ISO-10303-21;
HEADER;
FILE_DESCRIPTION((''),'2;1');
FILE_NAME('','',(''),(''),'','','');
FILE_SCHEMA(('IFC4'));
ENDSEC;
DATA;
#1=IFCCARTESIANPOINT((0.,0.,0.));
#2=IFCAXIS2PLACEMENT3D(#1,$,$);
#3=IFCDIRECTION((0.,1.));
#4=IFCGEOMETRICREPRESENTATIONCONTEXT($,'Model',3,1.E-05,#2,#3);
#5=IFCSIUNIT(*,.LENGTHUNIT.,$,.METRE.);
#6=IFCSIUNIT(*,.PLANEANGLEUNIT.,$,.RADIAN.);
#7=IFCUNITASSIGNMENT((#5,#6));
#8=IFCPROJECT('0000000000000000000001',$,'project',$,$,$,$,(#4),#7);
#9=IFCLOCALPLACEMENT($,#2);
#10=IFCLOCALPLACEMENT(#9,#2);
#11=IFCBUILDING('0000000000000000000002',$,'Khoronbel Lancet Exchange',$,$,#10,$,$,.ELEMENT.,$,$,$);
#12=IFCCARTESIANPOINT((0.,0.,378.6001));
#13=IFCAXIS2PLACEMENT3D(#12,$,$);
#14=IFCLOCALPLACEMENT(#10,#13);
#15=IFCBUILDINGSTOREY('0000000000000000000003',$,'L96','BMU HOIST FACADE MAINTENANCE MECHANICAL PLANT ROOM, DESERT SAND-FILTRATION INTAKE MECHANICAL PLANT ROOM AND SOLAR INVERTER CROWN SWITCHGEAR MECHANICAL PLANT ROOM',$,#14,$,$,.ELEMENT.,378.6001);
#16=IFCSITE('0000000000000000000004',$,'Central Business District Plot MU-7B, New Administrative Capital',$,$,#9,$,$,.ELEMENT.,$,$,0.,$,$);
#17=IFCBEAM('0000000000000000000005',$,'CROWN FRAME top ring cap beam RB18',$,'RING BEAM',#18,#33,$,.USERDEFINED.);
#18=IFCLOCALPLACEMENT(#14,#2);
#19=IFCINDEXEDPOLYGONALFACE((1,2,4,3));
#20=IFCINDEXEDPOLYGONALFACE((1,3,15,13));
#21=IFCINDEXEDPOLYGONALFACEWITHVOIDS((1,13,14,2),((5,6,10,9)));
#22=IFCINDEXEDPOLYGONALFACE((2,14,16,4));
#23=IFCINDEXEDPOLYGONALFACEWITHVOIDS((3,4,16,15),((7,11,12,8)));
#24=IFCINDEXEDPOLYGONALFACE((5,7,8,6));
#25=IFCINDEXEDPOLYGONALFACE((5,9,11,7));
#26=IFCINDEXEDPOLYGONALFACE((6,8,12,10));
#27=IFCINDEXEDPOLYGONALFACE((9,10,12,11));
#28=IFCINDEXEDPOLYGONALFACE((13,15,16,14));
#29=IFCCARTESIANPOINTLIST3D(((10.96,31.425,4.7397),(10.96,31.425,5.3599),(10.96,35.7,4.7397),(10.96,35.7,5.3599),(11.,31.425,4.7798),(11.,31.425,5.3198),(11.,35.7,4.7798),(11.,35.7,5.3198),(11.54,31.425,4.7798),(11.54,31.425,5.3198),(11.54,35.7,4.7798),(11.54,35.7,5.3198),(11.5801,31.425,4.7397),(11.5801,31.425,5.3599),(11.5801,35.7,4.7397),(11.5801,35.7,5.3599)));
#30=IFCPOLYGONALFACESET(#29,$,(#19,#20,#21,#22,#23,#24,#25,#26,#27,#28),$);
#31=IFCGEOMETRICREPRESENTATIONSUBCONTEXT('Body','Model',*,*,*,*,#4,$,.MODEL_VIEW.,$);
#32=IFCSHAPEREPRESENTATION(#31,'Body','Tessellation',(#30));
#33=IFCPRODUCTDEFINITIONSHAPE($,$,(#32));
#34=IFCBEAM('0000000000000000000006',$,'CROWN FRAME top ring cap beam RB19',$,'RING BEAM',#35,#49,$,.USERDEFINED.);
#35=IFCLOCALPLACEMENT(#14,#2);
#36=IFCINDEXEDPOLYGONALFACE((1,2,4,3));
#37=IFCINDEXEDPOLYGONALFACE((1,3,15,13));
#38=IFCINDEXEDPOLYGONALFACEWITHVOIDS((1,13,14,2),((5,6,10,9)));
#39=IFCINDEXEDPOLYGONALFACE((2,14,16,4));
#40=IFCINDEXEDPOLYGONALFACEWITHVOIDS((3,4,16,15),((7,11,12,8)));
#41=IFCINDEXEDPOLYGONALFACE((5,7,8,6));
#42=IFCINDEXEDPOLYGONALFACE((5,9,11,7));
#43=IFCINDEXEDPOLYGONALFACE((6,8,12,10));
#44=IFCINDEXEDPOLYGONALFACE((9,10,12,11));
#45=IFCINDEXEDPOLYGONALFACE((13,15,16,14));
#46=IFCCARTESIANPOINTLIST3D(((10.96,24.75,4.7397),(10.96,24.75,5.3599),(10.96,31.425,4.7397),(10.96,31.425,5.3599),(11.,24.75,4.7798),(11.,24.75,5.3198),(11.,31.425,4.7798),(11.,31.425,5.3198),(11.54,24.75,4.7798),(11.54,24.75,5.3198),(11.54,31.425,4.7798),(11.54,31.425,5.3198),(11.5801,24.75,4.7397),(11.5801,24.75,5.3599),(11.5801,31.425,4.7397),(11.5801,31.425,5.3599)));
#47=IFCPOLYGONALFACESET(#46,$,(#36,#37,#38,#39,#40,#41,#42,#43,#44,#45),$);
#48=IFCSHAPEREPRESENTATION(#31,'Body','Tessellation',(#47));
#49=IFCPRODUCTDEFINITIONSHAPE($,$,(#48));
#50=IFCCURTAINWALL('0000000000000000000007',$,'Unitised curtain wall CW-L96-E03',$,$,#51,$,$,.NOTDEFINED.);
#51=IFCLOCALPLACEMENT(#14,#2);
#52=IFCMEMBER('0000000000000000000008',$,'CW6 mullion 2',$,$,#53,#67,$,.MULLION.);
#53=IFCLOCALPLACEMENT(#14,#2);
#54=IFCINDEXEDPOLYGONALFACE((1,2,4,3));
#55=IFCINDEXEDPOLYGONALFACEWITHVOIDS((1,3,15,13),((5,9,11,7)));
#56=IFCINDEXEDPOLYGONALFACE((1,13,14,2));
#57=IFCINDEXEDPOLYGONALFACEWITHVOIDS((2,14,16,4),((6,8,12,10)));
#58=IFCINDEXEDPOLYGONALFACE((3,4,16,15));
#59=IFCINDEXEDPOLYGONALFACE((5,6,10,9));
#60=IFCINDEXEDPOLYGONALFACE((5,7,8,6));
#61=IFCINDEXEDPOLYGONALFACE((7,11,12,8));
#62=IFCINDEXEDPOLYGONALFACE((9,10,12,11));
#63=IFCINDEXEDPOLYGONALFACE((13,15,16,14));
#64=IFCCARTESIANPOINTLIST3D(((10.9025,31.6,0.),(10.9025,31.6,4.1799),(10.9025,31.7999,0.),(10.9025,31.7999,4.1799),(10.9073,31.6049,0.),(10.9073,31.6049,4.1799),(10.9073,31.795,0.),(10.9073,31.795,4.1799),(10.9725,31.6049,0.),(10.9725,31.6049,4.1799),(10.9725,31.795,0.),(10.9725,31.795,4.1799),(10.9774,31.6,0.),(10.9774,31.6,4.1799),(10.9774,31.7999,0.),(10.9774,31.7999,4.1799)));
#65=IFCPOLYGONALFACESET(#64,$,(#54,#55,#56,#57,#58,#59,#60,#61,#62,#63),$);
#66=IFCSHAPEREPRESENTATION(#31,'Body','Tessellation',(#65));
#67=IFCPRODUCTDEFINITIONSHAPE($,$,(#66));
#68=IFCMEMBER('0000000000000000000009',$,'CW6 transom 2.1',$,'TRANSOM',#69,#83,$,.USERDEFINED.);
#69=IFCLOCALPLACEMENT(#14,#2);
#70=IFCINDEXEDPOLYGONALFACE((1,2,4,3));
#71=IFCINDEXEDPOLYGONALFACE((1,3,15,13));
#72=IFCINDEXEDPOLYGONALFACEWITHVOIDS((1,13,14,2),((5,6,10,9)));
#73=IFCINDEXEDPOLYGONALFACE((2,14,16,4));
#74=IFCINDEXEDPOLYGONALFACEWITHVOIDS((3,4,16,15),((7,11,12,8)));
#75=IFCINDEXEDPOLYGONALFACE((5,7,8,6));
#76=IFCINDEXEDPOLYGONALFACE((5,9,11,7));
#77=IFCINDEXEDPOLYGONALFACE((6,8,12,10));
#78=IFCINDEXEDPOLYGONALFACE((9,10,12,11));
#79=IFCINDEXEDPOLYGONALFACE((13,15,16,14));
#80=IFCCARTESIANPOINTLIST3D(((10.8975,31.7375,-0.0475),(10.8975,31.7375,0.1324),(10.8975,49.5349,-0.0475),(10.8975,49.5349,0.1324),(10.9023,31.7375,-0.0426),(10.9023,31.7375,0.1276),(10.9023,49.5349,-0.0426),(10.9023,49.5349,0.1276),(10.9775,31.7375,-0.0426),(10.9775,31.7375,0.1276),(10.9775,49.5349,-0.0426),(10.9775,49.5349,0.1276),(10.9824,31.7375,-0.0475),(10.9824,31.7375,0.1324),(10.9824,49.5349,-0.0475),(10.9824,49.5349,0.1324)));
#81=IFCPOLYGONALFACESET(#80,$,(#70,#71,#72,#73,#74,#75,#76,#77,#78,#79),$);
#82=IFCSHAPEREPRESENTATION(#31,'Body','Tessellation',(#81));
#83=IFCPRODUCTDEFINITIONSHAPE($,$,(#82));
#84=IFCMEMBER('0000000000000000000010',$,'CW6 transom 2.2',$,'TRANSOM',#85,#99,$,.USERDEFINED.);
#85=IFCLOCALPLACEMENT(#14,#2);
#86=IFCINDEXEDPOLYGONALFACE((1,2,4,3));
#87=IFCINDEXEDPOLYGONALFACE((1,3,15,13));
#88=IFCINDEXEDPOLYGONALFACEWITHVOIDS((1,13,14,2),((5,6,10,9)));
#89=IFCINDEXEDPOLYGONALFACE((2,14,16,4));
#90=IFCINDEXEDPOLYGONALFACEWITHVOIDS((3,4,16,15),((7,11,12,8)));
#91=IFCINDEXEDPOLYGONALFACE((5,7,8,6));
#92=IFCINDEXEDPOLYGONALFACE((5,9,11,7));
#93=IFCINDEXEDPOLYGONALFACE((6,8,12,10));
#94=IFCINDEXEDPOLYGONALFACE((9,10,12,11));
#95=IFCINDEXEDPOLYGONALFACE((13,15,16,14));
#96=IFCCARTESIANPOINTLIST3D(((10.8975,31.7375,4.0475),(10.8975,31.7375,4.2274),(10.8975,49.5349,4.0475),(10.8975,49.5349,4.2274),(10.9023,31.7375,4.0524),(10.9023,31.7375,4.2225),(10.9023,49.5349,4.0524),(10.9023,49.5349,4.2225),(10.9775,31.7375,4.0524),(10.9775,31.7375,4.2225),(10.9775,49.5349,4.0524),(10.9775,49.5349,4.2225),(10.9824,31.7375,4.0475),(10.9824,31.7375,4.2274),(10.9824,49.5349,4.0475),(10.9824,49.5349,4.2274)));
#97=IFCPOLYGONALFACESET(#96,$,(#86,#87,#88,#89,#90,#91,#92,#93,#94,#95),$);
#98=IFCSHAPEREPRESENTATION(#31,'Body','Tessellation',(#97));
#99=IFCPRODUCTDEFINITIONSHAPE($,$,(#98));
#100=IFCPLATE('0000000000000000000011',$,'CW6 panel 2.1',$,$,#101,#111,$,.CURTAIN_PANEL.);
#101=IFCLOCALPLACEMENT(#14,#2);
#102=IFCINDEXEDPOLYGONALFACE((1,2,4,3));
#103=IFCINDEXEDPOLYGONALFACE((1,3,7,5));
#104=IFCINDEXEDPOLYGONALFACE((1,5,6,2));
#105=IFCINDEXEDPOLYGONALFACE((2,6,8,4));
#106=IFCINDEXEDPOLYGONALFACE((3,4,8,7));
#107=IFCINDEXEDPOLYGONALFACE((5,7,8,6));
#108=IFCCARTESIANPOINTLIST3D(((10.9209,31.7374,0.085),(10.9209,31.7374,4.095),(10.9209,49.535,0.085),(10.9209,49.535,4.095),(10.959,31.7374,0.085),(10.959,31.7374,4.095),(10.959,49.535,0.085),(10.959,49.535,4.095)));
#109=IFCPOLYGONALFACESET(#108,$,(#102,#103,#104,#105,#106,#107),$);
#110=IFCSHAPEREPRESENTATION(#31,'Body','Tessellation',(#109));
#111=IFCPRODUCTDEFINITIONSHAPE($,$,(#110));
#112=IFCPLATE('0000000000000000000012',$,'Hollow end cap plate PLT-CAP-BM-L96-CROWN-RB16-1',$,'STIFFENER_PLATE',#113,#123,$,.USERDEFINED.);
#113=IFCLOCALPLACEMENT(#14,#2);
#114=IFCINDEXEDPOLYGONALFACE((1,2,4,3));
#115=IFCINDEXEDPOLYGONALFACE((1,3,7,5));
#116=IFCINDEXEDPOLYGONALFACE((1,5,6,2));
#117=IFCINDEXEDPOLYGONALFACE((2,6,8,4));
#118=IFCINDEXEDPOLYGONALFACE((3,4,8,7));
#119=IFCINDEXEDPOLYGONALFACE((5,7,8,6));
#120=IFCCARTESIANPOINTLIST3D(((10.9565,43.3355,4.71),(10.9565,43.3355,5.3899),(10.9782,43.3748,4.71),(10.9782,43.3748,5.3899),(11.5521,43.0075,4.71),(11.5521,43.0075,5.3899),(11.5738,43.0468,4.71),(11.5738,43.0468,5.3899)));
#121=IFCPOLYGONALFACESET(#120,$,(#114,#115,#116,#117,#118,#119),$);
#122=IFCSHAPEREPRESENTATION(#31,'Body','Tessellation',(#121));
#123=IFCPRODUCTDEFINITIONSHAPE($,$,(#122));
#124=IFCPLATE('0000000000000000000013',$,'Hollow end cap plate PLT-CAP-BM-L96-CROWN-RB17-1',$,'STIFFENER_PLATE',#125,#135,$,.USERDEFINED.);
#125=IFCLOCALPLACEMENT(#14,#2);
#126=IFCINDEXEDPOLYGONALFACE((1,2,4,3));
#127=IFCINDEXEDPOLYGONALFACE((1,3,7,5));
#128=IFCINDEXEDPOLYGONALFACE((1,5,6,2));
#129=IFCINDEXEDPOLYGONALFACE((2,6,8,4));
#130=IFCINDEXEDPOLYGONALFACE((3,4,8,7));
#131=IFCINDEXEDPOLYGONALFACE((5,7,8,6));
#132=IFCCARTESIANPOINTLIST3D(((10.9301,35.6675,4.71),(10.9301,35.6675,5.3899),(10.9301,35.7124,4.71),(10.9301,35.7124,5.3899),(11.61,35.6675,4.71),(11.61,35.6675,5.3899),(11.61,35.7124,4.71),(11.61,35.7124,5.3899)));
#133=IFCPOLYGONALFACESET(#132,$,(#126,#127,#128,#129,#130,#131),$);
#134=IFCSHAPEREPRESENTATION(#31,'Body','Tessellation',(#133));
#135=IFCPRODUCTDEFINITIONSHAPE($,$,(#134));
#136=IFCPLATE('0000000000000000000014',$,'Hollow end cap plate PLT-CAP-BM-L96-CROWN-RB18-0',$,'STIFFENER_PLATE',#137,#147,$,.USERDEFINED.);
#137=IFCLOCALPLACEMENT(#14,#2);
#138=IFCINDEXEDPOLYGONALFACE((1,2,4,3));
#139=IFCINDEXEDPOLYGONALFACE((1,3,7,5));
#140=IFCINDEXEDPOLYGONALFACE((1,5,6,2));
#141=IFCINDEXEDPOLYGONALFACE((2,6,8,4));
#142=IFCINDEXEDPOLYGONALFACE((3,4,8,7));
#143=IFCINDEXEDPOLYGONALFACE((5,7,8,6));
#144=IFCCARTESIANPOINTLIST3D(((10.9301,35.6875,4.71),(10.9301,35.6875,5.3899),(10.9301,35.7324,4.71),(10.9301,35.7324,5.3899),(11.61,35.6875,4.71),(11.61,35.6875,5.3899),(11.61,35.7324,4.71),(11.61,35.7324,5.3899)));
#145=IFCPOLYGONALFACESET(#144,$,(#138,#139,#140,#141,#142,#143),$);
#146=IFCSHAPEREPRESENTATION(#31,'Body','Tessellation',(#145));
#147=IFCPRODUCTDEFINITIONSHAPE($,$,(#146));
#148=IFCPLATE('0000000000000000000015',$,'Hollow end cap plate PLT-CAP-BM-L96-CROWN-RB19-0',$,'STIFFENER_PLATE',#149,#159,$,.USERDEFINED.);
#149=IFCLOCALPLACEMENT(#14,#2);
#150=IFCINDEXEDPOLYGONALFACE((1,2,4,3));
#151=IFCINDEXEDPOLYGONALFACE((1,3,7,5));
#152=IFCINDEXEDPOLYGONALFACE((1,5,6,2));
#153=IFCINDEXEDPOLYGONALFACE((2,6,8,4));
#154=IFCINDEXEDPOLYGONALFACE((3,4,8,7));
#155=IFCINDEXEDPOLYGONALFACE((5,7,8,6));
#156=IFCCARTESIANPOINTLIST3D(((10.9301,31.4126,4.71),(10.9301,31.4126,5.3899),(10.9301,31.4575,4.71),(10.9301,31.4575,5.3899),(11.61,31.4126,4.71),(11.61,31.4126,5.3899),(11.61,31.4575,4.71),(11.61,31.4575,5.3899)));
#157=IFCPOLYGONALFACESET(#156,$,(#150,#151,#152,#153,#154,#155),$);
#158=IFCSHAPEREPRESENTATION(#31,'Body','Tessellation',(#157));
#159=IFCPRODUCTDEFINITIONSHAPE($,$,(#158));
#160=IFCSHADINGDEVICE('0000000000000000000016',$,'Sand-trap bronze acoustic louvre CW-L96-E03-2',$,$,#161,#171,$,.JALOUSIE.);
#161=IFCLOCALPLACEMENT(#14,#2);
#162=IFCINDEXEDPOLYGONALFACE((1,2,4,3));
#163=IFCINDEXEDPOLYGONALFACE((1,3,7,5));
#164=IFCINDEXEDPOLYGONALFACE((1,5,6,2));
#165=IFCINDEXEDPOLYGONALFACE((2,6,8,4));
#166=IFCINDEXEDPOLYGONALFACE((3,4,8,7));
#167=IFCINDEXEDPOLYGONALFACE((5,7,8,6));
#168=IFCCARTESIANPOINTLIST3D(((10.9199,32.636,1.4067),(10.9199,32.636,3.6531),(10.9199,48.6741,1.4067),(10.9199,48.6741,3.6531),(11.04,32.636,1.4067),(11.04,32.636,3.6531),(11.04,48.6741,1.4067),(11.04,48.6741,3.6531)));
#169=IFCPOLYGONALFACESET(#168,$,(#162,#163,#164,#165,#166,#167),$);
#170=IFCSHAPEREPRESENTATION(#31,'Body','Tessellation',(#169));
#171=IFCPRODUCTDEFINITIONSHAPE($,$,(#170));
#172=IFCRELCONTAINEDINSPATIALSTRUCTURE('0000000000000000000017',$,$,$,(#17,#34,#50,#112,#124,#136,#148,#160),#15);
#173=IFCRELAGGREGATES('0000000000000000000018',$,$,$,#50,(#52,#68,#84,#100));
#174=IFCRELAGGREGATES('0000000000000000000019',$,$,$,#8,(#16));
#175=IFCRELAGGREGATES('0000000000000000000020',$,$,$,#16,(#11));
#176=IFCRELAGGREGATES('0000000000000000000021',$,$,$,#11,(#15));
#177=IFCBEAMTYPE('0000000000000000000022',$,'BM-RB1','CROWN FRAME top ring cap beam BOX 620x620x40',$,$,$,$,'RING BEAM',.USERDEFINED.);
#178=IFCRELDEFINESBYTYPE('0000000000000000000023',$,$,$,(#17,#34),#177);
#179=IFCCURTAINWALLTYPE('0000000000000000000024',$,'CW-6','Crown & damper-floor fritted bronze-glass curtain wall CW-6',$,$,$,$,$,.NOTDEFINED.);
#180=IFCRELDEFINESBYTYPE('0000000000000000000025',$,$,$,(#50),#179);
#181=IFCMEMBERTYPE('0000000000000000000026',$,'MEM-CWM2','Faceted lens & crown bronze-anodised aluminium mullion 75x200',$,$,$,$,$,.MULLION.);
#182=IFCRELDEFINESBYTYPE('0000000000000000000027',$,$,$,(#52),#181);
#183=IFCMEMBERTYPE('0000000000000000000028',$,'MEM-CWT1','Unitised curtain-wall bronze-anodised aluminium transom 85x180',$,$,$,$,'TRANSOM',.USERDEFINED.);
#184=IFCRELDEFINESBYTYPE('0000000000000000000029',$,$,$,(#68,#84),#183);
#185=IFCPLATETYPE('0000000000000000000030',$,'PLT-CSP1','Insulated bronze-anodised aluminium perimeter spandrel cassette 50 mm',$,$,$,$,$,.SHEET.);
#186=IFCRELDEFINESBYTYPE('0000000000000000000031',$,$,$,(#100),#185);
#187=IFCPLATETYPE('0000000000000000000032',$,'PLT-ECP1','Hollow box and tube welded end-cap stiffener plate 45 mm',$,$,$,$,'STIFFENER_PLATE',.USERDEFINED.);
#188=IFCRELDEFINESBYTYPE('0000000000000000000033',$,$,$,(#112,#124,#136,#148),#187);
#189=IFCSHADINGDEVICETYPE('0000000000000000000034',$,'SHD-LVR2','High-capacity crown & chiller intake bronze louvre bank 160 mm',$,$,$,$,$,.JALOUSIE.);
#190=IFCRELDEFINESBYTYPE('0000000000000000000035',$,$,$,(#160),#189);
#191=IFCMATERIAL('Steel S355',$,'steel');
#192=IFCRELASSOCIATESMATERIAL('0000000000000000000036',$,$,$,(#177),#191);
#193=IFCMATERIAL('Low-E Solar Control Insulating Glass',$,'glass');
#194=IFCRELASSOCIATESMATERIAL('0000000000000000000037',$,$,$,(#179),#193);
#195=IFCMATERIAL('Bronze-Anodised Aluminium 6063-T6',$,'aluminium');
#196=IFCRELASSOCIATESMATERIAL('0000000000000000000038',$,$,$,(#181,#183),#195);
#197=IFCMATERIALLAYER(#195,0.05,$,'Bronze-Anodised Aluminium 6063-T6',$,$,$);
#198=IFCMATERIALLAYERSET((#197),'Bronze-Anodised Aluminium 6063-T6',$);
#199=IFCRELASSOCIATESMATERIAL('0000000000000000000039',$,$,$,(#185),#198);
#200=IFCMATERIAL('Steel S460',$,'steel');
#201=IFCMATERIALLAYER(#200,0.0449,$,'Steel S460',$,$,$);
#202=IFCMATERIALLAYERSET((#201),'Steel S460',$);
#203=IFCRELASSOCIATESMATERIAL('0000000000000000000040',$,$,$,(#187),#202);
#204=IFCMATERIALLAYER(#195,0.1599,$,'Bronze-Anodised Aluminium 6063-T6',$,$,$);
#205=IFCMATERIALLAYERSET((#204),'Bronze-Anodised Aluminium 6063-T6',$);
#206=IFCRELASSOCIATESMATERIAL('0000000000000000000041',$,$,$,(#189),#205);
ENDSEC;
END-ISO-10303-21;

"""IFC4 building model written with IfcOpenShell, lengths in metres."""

from ifc_helpers import new_model, si_unit, direction, frame, origin, origin_2d, place, context, subcontext, project, spatial, rectangle, hollow_rectangle, extrude, material, layer, layer_set, material_profile, profile_set, type_object, element, aggregate, save


model = new_model("IFC4")

# Units and contexts
model_context = context("Model", 3, precision=1e-05, world=origin(), true_north=direction((0.0, 1.0)))
body_context = subcontext(model_context, "Body", "Model", "MODEL_VIEW")
ifc_project = project(units=[si_unit("LENGTHUNIT", "METRE"), si_unit("PLANEANGLEUNIT", "RADIAN")], contexts=[model_context])

# Site, building, storey
site_placement = place(None, origin())
site = spatial("IfcSite", under=ifc_project, at=site_placement, Name="Central Business District Plot MU-7B, New Administrative Capital", CompositionType="ELEMENT", RefElevation=0.0)
building_placement = place(site_placement, origin())
building = spatial("IfcBuilding", under=site, at=building_placement, Name="Khoronbel Lancet Exchange", CompositionType="ELEMENT")
storey_placement = place(building_placement, frame((0.0, 0.0, 378.6001)))
storey = spatial("IfcBuildingStorey", under=building, at=storey_placement, Name="L96", Description="BMU HOIST FACADE MAINTENANCE MECHANICAL PLANT ROOM, DESERT SAND-FILTRATION INTAKE MECHANICAL PLANT ROOM AND SOLAR INVERTER CROWN SWITCHGEAR MECHANICAL PLANT ROOM", CompositionType="ELEMENT", Elevation=378.6001)

# Shared definitions
ifc_material_1 = material(Name="Steel S355", Category="steel")

# Beams
ifc_material_profile_1 = material_profile(ifc_material_1, hollow_rectangle(XDim=0.6201, YDim=0.6201, WallThickness=0.04, at=origin_2d()), Name="BOX 620x620x40")
ifc_profile_set_1 = profile_set([ifc_material_profile_1], Name="Steel S355")
beam_type_1 = type_object("IfcBeamType", Name="BM-RB1", Description="CROWN FRAME top ring cap beam BOX 620x620x40", ElementType="RING BEAM", PredefinedType="USERDEFINED", material=ifc_profile_set_1)
beam_1_placement = place(storey_placement, frame((11.27, 35.7, 5.0498), z_axis=(0.0, -1.0, 0.0), x_axis=(1.0, 0.0, 0.0)))
element("IfcBeam", 1, at=beam_1_placement, inside=storey, type_object=beam_type_1, Name="CROWN FRAME top ring cap beam RB18", ObjectType="RING BEAM", PredefinedType="USERDEFINED", context=body_context, shape_type="SweptSolid", body=[
    extrude(hollow_rectangle(XDim=0.6201, YDim=0.6201, WallThickness=0.04, at=origin_2d()), origin(), (0.0, 0.0, 1.0), 4.2749),
])
beam_2_placement = place(storey_placement, frame((11.27, 31.425, 5.0498), z_axis=(0.0, -1.0, 0.0), x_axis=(1.0, 0.0, 0.0)))
element("IfcBeam", 2, at=beam_2_placement, inside=storey, type_object=beam_type_1, Name="CROWN FRAME top ring cap beam RB19", ObjectType="RING BEAM", PredefinedType="USERDEFINED", context=body_context, shape_type="SweptSolid", body=[
    extrude(hollow_rectangle(XDim=0.6201, YDim=0.6201, WallThickness=0.04, at=origin_2d()), origin(), (0.0, 0.0, 1.0), 6.675),
])

# Curtain wall, members, plate
ifc_material_2 = material(Name="Low-E Solar Control Insulating Glass", Category="glass")
curtain_wall_type = type_object("IfcCurtainWallType", Name="CW-6", Description="Crown & damper-floor fritted bronze-glass curtain wall CW-6", PredefinedType="NOTDEFINED", material=ifc_material_2)
curtain_wall_placement = place(storey_placement, origin())
curtain_wall = element("IfcCurtainWall", 3, at=curtain_wall_placement, inside=storey, type_object=curtain_wall_type, Name="Unitised curtain wall CW-L96-E03", PredefinedType="NOTDEFINED")
ifc_material_3 = material(Name="Bronze-Anodised Aluminium 6063-T6", Category="aluminium")
ifc_material_profile_2 = material_profile(ifc_material_3, hollow_rectangle(XDim=0.075, YDim=0.2, WallThickness=0.0049, at=origin_2d()), Name="ALU MULLION 75x200")
ifc_profile_set_2 = profile_set([ifc_material_profile_2], Name="Bronze-Anodised Aluminium 6063-T6")
member_type_1 = type_object("IfcMemberType", Name="MEM-CWM2", Description="Faceted lens & crown bronze-anodised aluminium mullion 75x200", PredefinedType="MULLION", material=ifc_profile_set_2)
member_1_placement = place(storey_placement, frame((10.9399, 31.7, 0.0), z_axis=(0.0, 0.0, 1.0), x_axis=(-1.0, 0.0, 0.0)))
member_1 = element("IfcMember", 4, at=member_1_placement, type_object=member_type_1, Name="CW6 mullion 2", PredefinedType="MULLION", context=body_context, shape_type="SweptSolid", body=[
    extrude(hollow_rectangle(XDim=0.075, YDim=0.2, WallThickness=0.0049, at=origin_2d()), origin(), (0.0, 0.0, 1.0), 4.1799),
])
ifc_material_profile_3 = material_profile(ifc_material_3, hollow_rectangle(XDim=0.085, YDim=0.1799, WallThickness=0.0049, at=origin_2d()), Name="ALU TRANSOM 85x180")
ifc_profile_set_3 = profile_set([ifc_material_profile_3], Name="Bronze-Anodised Aluminium 6063-T6")
member_type_2 = type_object("IfcMemberType", Name="MEM-CWT1", Description="Unitised curtain-wall bronze-anodised aluminium transom 85x180", ElementType="TRANSOM", PredefinedType="USERDEFINED", material=ifc_profile_set_3)
member_2_placement = place(storey_placement, frame((10.9399, 31.7375, 0.0425), z_axis=(0.0, 1.0, 0.0), x_axis=(-1.0, 0.0, 0.0)))
member_2 = element("IfcMember", 5, at=member_2_placement, type_object=member_type_2, Name="CW6 transom 2.1", ObjectType="TRANSOM", PredefinedType="USERDEFINED", context=body_context, shape_type="SweptSolid", body=[
    extrude(hollow_rectangle(XDim=0.085, YDim=0.1799, WallThickness=0.0049, at=origin_2d()), origin(), (0.0, 0.0, 1.0), 17.7974),
])
member_3_placement = place(storey_placement, frame((10.9399, 31.7375, 4.1375), z_axis=(0.0, 1.0, 0.0), x_axis=(-1.0, 0.0, 0.0)))
member_3 = element("IfcMember", 6, at=member_3_placement, type_object=member_type_2, Name="CW6 transom 2.2", ObjectType="TRANSOM", PredefinedType="USERDEFINED", context=body_context, shape_type="SweptSolid", body=[
    extrude(hollow_rectangle(XDim=0.085, YDim=0.1799, WallThickness=0.0049, at=origin_2d()), origin(), (0.0, 0.0, 1.0), 17.7974),
])
ifc_layer_1 = layer(ifc_material_3, 0.05, Name="Bronze-Anodised Aluminium 6063-T6")
ifc_layer_set_1 = layer_set([ifc_layer_1], Name="Bronze-Anodised Aluminium 6063-T6")
plate_type_1 = type_object("IfcPlateType", Name="PLT-CSP1", Description="Insulated bronze-anodised aluminium perimeter spandrel cassette 50 mm", PredefinedType="SHEET", material=ifc_layer_set_1)
plate_placement = place(storey_placement, frame((10.9399, 40.6362, 0.085), z_axis=(0.0, 0.0, 1.0), x_axis=(0.0, 1.0, 0.0)))
plate = element("IfcPlate", 7, at=plate_placement, type_object=plate_type_1, Name="CW6 panel 2.1", PredefinedType="CURTAIN_PANEL", context=body_context, shape_type="SweptSolid", body=[
    extrude(rectangle(XDim=17.7976, YDim=0.0381, at=origin_2d()), origin(), (0.0, 0.0, 1.0), 4.01),
])
aggregate(curtain_wall, [member_1, member_2, member_3, plate])

# Plates
ifc_material_4 = material(Name="Steel S460", Category="steel")
ifc_layer_2 = layer(ifc_material_4, 0.0449, Name="Steel S460")
ifc_layer_set_2 = layer_set([ifc_layer_2], Name="Steel S460")
plate_type_2 = type_object("IfcPlateType", Name="PLT-ECP1", Description="Hollow box and tube welded end-cap stiffener plate 45 mm", ElementType="STIFFENER_PLATE", PredefinedType="USERDEFINED", material=ifc_layer_set_2)
for number, where, z_axis, x_axis, name in (
    (8, (11.2651, 43.1912, 4.71), (0.0, 0.0, 1.0), (-0.482436, -0.875931, 0.0), "Hollow end cap plate PLT-CAP-BM-L96-CROWN-RB16-1"),
    (9, (11.27, 35.6899, 4.71), (0.0, 0.0, 1.0), (0.0, -1.0, 0.0), "Hollow end cap plate PLT-CAP-BM-L96-CROWN-RB17-1"),
    (10, (11.27, 35.71, 4.71), (0.0, 0.0, 1.0), (0.0, 1.0, 0.0), "Hollow end cap plate PLT-CAP-BM-L96-CROWN-RB18-0"),
    (11, (11.27, 31.4351, 4.71), (0.0, 0.0, 1.0), (0.0, 1.0, 0.0), "Hollow end cap plate PLT-CAP-BM-L96-CROWN-RB19-0"),
):
    element("IfcPlate", number, at=place(storey_placement, frame(where, z_axis=z_axis, x_axis=x_axis)), inside=storey, type_object=plate_type_2, Name=name, ObjectType="STIFFENER_PLATE", PredefinedType="USERDEFINED", context=body_context, shape_type="SweptSolid", body=[
        extrude(rectangle(XDim=0.0449, YDim=0.6799, at=origin_2d()), origin(), (0.0, 0.0, 1.0), 0.6799),
    ])

# Shading device
ifc_layer_3 = layer(ifc_material_3, 0.1599, Name="Bronze-Anodised Aluminium 6063-T6")
ifc_layer_set_3 = layer_set([ifc_layer_3], Name="Bronze-Anodised Aluminium 6063-T6")
shading_device_type = type_object("IfcShadingDeviceType", Name="SHD-LVR2", Description="High-capacity crown & chiller intake bronze louvre bank 160 mm", PredefinedType="JALOUSIE", material=ifc_layer_set_3)
shading_device_placement = place(storey_placement, frame((10.98, 40.655, 1.4067), z_axis=(0.0, 0.0, 1.0), x_axis=(0.0, 1.0, 0.0)))
element("IfcShadingDevice", 12, at=shading_device_placement, inside=storey, type_object=shading_device_type, Name="Sand-trap bronze acoustic louvre CW-L96-E03-2", PredefinedType="JALOUSIE", context=body_context, shape_type="SweptSolid", body=[
    extrude(rectangle(XDim=16.0381, YDim=0.1201, at=origin_2d()), origin(), (0.0, 0.0, 1.0), 2.2463),
])

save(model, "model.ifc")
